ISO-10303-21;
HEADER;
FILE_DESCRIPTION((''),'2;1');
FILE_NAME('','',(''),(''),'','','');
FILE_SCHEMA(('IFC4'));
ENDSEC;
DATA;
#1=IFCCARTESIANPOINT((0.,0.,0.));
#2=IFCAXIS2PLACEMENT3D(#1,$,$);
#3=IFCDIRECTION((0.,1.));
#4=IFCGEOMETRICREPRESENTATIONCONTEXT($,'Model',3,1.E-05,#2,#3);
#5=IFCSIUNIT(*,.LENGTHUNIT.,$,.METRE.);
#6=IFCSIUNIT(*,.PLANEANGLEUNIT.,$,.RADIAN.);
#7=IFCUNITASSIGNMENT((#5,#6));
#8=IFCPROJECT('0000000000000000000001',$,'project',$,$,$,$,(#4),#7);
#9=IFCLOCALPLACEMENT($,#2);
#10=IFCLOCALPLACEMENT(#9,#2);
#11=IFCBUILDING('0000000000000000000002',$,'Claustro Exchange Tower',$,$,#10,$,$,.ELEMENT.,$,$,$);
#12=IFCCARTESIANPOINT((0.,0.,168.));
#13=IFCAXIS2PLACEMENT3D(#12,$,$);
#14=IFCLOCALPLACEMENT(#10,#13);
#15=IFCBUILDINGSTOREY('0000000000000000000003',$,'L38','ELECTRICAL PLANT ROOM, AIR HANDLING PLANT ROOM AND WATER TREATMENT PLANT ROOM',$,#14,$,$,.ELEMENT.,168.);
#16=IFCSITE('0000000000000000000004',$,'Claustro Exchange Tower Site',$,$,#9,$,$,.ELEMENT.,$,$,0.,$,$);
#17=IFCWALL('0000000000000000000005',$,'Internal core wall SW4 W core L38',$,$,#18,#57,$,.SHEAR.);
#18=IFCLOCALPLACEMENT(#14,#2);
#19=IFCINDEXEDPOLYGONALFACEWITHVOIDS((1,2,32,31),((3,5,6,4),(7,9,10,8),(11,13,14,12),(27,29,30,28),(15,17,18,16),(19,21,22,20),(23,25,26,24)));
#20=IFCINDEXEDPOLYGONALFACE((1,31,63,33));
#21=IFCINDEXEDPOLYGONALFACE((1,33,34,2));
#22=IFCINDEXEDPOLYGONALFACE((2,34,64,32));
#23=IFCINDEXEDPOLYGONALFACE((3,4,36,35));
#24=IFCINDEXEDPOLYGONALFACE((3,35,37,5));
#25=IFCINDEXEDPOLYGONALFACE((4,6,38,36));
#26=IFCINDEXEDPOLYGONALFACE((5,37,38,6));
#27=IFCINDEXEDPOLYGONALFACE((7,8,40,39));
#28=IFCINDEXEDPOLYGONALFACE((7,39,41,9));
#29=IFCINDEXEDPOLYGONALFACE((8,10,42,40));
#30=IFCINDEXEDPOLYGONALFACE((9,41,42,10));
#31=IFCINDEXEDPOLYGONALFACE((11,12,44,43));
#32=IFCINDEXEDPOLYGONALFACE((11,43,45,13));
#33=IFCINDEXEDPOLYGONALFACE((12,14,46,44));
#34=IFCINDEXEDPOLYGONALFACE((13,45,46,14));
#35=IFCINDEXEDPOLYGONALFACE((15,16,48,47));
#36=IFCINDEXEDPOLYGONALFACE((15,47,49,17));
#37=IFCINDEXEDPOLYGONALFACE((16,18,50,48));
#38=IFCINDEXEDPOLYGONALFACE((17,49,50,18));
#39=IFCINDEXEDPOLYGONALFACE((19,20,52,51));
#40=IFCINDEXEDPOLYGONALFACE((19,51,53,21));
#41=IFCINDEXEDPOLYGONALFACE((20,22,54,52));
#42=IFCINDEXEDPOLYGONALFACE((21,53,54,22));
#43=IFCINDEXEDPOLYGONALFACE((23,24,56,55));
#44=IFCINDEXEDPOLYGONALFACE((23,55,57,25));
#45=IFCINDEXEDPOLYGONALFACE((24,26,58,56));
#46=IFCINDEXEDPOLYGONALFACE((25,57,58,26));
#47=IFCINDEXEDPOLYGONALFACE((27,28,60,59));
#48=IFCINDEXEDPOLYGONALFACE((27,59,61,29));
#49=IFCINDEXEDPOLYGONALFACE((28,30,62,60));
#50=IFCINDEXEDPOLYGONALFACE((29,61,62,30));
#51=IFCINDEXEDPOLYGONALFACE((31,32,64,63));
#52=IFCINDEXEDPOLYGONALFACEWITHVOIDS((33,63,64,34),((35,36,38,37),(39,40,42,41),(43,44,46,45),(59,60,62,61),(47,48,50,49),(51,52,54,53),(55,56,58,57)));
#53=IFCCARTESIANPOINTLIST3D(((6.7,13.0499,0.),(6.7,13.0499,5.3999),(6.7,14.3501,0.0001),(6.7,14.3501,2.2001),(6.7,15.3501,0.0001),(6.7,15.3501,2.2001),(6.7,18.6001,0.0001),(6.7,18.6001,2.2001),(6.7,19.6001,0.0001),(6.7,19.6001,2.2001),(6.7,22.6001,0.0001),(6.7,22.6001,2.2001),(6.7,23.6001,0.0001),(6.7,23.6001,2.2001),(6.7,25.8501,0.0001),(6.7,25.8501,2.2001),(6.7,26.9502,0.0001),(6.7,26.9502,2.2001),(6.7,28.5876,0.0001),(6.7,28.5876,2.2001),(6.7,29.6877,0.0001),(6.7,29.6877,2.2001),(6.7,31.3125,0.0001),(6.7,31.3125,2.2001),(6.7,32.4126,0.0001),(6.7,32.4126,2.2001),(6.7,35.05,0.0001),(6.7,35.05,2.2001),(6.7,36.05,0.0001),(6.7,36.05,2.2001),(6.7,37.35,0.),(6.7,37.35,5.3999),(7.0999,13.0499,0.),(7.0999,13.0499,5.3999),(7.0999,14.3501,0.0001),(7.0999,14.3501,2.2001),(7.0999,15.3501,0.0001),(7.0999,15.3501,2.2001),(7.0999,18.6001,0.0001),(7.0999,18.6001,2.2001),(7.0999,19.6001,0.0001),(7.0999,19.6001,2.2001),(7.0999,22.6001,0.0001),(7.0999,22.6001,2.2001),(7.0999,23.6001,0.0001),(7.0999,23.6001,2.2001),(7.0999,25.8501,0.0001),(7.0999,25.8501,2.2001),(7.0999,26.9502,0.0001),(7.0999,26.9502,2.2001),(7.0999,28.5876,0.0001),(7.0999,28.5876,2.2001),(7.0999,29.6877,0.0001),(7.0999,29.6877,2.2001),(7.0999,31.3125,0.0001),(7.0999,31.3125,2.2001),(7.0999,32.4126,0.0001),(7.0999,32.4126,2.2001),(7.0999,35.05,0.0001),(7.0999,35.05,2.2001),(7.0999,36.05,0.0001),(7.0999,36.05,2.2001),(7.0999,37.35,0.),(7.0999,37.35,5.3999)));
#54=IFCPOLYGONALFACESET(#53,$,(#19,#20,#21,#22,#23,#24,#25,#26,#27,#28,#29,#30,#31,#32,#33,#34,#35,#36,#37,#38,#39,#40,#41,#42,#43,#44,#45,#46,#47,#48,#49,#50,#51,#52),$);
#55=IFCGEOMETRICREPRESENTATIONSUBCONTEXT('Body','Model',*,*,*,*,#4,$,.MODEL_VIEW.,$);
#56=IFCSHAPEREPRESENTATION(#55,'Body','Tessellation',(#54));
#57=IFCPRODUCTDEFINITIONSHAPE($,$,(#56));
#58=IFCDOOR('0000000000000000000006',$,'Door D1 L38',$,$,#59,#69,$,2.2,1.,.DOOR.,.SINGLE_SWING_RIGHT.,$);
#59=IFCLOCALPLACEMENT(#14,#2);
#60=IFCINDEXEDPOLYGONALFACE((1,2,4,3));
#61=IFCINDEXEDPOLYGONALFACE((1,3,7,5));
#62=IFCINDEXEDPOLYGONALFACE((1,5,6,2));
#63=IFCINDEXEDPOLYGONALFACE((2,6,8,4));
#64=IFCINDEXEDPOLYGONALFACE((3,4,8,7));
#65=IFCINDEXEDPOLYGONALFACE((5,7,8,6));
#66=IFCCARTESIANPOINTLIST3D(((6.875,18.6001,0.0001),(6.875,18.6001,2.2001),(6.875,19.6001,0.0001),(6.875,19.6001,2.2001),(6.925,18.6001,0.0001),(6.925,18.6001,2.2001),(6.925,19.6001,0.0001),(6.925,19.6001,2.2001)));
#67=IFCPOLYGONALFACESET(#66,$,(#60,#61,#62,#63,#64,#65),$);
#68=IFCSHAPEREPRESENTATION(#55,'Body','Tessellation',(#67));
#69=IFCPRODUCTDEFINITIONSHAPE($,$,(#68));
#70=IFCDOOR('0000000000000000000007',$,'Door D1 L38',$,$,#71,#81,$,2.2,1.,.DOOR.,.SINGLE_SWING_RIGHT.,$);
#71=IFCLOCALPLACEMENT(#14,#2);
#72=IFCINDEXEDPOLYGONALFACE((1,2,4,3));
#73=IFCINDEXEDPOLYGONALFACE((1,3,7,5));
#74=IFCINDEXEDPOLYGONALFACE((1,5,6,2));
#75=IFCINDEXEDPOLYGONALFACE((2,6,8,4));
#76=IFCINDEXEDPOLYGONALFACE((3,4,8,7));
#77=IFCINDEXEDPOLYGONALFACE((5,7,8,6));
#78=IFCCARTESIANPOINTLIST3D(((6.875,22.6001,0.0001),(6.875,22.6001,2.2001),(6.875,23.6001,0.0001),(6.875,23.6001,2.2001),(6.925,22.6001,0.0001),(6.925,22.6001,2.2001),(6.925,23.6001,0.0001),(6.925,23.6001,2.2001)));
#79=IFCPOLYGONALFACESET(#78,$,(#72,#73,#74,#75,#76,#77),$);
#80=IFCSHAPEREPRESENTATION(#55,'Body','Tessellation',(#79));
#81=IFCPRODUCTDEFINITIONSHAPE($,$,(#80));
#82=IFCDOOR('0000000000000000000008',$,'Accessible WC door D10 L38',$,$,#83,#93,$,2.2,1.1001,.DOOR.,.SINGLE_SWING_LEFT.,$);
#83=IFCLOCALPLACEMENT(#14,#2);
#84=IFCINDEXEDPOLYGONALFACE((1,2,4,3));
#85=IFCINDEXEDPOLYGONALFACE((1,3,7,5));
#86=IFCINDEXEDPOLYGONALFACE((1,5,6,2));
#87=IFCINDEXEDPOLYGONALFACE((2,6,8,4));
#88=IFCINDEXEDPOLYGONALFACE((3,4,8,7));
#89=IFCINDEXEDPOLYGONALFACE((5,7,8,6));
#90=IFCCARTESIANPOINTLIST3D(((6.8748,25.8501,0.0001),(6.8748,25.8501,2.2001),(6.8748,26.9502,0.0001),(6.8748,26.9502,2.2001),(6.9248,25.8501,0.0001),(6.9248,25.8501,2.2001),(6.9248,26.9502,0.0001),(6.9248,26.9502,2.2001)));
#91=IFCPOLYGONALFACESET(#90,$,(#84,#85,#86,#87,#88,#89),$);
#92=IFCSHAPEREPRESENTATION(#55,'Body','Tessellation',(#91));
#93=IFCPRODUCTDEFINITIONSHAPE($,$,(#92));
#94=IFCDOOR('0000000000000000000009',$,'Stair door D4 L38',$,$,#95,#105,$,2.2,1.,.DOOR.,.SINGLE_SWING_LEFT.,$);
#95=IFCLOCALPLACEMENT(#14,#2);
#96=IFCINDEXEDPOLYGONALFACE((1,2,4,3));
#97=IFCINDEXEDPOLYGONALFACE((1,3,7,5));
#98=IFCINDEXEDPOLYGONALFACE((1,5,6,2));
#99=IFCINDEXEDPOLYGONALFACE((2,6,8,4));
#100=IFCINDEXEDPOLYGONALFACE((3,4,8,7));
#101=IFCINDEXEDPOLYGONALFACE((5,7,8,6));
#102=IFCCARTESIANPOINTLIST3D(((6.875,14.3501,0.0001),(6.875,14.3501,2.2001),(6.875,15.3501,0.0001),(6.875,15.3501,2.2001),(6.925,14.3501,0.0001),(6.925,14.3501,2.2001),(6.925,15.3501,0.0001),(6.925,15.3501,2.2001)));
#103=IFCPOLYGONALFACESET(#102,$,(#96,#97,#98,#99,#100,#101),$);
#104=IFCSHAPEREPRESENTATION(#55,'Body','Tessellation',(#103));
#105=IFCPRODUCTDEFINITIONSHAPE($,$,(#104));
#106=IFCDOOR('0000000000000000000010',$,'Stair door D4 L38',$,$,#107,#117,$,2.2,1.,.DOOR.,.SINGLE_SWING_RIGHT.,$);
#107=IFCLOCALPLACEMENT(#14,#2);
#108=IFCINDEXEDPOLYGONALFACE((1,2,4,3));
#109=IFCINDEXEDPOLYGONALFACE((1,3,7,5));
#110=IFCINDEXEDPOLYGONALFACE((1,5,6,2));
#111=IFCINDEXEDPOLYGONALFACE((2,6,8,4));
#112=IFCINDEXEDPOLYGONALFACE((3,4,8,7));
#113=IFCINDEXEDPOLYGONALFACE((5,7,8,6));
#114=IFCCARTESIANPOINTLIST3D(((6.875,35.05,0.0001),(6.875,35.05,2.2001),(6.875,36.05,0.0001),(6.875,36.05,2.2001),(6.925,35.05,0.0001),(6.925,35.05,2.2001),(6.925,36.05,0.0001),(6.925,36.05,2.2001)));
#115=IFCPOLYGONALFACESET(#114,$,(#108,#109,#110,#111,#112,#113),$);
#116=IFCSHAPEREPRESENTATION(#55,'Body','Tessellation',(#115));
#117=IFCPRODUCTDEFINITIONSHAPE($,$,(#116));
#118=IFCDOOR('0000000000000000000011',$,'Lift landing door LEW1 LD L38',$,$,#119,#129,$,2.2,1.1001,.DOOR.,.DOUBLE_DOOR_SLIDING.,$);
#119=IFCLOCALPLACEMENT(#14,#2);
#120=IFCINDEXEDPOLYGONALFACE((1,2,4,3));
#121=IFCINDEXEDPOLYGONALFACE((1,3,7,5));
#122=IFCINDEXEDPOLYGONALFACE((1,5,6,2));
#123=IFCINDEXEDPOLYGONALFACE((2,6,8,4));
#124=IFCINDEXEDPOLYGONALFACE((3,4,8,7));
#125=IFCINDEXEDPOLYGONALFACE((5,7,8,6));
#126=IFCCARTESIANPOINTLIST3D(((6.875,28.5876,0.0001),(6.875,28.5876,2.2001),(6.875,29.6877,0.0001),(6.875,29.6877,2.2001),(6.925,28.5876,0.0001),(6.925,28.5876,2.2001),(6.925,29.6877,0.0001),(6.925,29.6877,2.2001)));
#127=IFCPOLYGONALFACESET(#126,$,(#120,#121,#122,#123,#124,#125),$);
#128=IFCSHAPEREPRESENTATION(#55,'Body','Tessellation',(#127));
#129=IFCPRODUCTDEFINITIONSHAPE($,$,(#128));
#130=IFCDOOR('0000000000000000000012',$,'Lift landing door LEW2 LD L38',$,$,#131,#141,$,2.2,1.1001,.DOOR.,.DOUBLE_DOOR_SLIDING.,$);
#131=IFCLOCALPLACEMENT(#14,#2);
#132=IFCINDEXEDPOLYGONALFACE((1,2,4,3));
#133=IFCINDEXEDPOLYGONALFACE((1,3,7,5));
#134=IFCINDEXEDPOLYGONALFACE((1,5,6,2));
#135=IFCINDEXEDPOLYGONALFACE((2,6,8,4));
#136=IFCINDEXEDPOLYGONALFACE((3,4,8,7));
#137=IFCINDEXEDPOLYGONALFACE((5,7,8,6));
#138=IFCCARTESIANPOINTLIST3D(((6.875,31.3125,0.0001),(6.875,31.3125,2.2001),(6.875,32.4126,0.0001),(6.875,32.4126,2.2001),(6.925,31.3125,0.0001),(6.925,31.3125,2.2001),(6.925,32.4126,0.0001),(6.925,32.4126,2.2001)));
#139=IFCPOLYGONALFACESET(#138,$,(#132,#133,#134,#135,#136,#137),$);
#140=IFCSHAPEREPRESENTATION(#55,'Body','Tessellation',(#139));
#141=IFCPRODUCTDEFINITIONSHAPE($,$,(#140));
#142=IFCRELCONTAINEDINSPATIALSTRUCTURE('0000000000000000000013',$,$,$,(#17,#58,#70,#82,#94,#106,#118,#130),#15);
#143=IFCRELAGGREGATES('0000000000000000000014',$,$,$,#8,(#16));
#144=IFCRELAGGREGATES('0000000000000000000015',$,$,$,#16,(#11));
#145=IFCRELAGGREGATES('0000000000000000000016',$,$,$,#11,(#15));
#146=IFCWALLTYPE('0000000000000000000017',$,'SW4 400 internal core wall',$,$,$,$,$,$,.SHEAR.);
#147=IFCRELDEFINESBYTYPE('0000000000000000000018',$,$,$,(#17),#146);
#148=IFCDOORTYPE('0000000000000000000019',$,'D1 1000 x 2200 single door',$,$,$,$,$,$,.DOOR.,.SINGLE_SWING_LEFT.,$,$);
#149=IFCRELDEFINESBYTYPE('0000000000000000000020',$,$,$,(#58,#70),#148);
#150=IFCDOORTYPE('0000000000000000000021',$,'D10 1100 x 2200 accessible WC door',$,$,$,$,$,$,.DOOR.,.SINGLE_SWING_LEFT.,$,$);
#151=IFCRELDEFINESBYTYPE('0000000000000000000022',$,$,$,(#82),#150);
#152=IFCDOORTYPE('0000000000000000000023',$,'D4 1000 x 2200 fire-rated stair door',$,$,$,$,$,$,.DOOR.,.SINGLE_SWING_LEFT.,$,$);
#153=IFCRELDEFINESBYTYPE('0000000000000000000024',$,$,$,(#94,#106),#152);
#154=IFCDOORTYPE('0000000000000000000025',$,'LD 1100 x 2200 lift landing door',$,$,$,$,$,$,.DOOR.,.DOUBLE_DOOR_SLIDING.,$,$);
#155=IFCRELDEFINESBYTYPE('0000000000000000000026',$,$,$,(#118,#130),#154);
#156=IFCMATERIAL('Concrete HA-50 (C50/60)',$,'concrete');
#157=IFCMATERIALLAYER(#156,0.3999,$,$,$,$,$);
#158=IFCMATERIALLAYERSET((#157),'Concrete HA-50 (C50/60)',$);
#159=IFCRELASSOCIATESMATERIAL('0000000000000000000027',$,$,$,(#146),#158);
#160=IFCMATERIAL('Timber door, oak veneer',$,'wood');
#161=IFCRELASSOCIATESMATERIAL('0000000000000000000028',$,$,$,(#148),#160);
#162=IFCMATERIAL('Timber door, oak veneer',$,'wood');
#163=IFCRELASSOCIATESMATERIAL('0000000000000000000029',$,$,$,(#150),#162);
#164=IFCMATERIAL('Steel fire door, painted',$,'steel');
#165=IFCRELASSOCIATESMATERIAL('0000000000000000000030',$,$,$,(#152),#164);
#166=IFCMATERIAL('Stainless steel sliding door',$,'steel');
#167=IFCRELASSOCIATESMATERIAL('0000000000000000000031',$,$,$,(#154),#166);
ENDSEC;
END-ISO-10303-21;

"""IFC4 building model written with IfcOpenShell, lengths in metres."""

from ifc_helpers import new_model, si_unit, direction, frame, frame_2d, origin, place, context, subcontext, project, spatial, rectangle, extrude, material, layer, layer_set, type_object, element, fill, save


model = new_model("IFC4")

# Units and contexts
model_context = context("Model", 3, precision=1e-05, world=origin(), true_north=direction((0.0, 1.0)))
body_context = subcontext(model_context, "Body", "Model", "MODEL_VIEW")
ifc_project = project(units=[si_unit("LENGTHUNIT", "METRE"), si_unit("PLANEANGLEUNIT", "RADIAN")], contexts=[model_context])

# Site, building, storey
site_placement = place(None, origin())
site = spatial("IfcSite", under=ifc_project, at=site_placement, Name="Claustro Exchange Tower Site", CompositionType="ELEMENT", RefElevation=0.0)
building_placement = place(site_placement, origin())
building = spatial("IfcBuilding", under=site, at=building_placement, Name="Claustro Exchange Tower", CompositionType="ELEMENT")
storey_placement = place(building_placement, frame((0.0, 0.0, 168.0)))
storey = spatial("IfcBuildingStorey", under=building, at=storey_placement, Name="L38", Description="ELECTRICAL PLANT ROOM, AIR HANDLING PLANT ROOM AND WATER TREATMENT PLANT ROOM", CompositionType="ELEMENT", Elevation=168.0)

# Wall, openings, doors
ifc_material_1 = material(Name="Concrete HA-50 (C50/60)", Category="concrete")
ifc_layer = layer(ifc_material_1, 0.3999)
ifc_layer_set = layer_set([ifc_layer], Name="Concrete HA-50 (C50/60)")
wall_type = type_object("IfcWallType", Name="SW4 400 internal core wall", PredefinedType="SHEAR", material=ifc_layer_set)
wall_1_placement = place(storey_placement, frame((6.8999, 13.05, 0.0), z_axis=(0.0, 0.0, 1.0), x_axis=(0.0, 1.0, 0.0)))
wall_1 = element("IfcWall", 1, at=wall_1_placement, inside=storey, type_object=wall_type, Name="Internal core wall SW4 W core L38", PredefinedType="SHEAR", context=body_context, shape_type="SweptSolid", body=[
    extrude(rectangle(XDim=24.3, YDim=0.3999, at=frame_2d((12.1499, 0.0))), origin(), (0.0, 0.0, 1.0), 5.3999),
])
opening_1_placement = place(wall_1_placement, frame((1.3, 0.0, 0.0)))
opening_1 = element("IfcOpeningElement", 2, at=opening_1_placement, cuts=wall_1, PredefinedType="OPENING", context=body_context, shape_type="SweptSolid", body=[
    extrude(rectangle(XDim=1.0, YDim=2.2, at=frame_2d((0.5, 1.1001))), frame((0.0, 0.21, 0.0), z_axis=(0.0, -1.0, 0.0), x_axis=(1.0, 0.0, 0.0)), (0.0, 0.0, 1.0), 0.4199),
])
opening_2_placement = place(wall_1_placement, frame((22.0, 0.0, 0.0)))
opening_2 = element("IfcOpeningElement", 3, at=opening_2_placement, cuts=wall_1, PredefinedType="OPENING", context=body_context, shape_type="SweptSolid", body=[
    extrude(rectangle(XDim=1.0, YDim=2.2, at=frame_2d((0.5, 1.1001))), frame((0.0, 0.21, 0.0), z_axis=(0.0, -1.0, 0.0), x_axis=(1.0, 0.0, 0.0)), (0.0, 0.0, 1.0), 0.4199),
])
opening_3_placement = place(wall_1_placement, frame((5.55, 0.0, 0.0)))
opening_3 = element("IfcOpeningElement", 4, at=opening_3_placement, cuts=wall_1, PredefinedType="OPENING", context=body_context, shape_type="SweptSolid", body=[
    extrude(rectangle(XDim=1.0, YDim=2.2, at=frame_2d((0.5, 1.1001))), frame((0.0, 0.21, 0.0), z_axis=(0.0, -1.0, 0.0), x_axis=(1.0, 0.0, 0.0)), (0.0, 0.0, 1.0), 0.4199),
])
opening_4_placement = place(wall_1_placement, frame((9.55, 0.0, 0.0)))
opening_4 = element("IfcOpeningElement", 5, at=opening_4_placement, cuts=wall_1, PredefinedType="OPENING", context=body_context, shape_type="SweptSolid", body=[
    extrude(rectangle(XDim=1.0, YDim=2.2, at=frame_2d((0.5, 1.1001))), frame((0.0, 0.21, 0.0), z_axis=(0.0, -1.0, 0.0), x_axis=(1.0, 0.0, 0.0)), (0.0, 0.0, 1.0), 0.4199),
])
opening_5_placement = place(wall_1_placement, frame((12.8, 0.0, 0.0)))
opening_5 = element("IfcOpeningElement", 6, at=opening_5_placement, cuts=wall_1, PredefinedType="OPENING", context=body_context, shape_type="SweptSolid", body=[
    extrude(rectangle(XDim=1.1001, YDim=2.2, at=frame_2d((0.55, 1.1001))), frame((0.0, 0.21, 0.0), z_axis=(0.0, -1.0, 0.0), x_axis=(1.0, 0.0, 0.0)), (0.0, 0.0, 1.0), 0.4199),
])
opening_6_placement = place(wall_1_placement, frame((15.5376, 0.0, 0.0)))
opening_6 = element("IfcOpeningElement", 7, at=opening_6_placement, cuts=wall_1, PredefinedType="OPENING", context=body_context, shape_type="SweptSolid", body=[
    extrude(rectangle(XDim=1.1001, YDim=2.2, at=frame_2d((0.55, 1.1001))), frame((0.0, 0.21, 0.0), z_axis=(0.0, -1.0, 0.0), x_axis=(1.0, 0.0, 0.0)), (0.0, 0.0, 1.0), 0.4199),
])
opening_7_placement = place(wall_1_placement, frame((18.2625, 0.0, 0.0)))
opening_7 = element("IfcOpeningElement", 8, at=opening_7_placement, cuts=wall_1, PredefinedType="OPENING", context=body_context, shape_type="SweptSolid", body=[
    extrude(rectangle(XDim=1.1001, YDim=2.2, at=frame_2d((0.55, 1.1001))), frame((0.0, 0.21, 0.0), z_axis=(0.0, -1.0, 0.0), x_axis=(1.0, 0.0, 0.0)), (0.0, 0.0, 1.0), 0.4199),
])
ifc_material_2 = material(Name="Timber door, oak veneer", Category="wood")
door_type_1 = type_object("IfcDoorType", Name="D1 1000 x 2200 single door", OperationType="SINGLE_SWING_LEFT", PredefinedType="DOOR", material=ifc_material_2)
door_1_placement = place(opening_3_placement, origin())
door_1 = element("IfcDoor", 9, at=door_1_placement, inside=storey, type_object=door_type_1, Name="Door D1 L38", OperationType="SINGLE_SWING_RIGHT", OverallHeight=2.2, OverallWidth=1.0, PredefinedType="DOOR", context=body_context, shape_type="SweptSolid", body=[
    extrude(rectangle(XDim=1.0, YDim=2.2, at=frame_2d((0.5, 1.1001))), frame((0.0, 0.0249, 0.0), z_axis=(0.0, -1.0, 0.0), x_axis=(1.0, 0.0, 0.0)), (0.0, 0.0, 1.0), 0.05),
])
fill(opening_3, door_1)
door_2_placement = place(opening_4_placement, origin())
door_2 = element("IfcDoor", 10, at=door_2_placement, inside=storey, type_object=door_type_1, Name="Door D1 L38", OperationType="SINGLE_SWING_RIGHT", OverallHeight=2.2, OverallWidth=1.0, PredefinedType="DOOR", context=body_context, shape_type="SweptSolid", body=[
    extrude(rectangle(XDim=1.0, YDim=2.2, at=frame_2d((0.5, 1.1001))), frame((0.0, 0.0249, 0.0), z_axis=(0.0, -1.0, 0.0), x_axis=(1.0, 0.0, 0.0)), (0.0, 0.0, 1.0), 0.05),
])
fill(opening_4, door_2)
ifc_material_3 = material(Name="Timber door, oak veneer", Category="wood")
door_type_2 = type_object("IfcDoorType", Name="D10 1100 x 2200 accessible WC door", OperationType="SINGLE_SWING_LEFT", PredefinedType="DOOR", material=ifc_material_3)
door_3_placement = place(opening_5_placement, frame((1.1001, 0.0, 0.0), z_axis=(0.0, 0.0, 1.0), x_axis=(-1.0, 0.0, 0.0)))
door_3 = element("IfcDoor", 11, at=door_3_placement, inside=storey, type_object=door_type_2, Name="Accessible WC door D10 L38", OperationType="SINGLE_SWING_LEFT", OverallHeight=2.2, OverallWidth=1.1001, PredefinedType="DOOR", context=body_context, shape_type="SweptSolid", body=[
    extrude(rectangle(XDim=1.1001, YDim=2.2, at=frame_2d((0.55, 1.1001))), frame((0.0, 0.0249, 0.0), z_axis=(0.0, -1.0, 0.0), x_axis=(1.0, 0.0, 0.0)), (0.0, 0.0, 1.0), 0.05),
])
fill(opening_5, door_3)
ifc_material_4 = material(Name="Steel fire door, painted", Category="steel")
door_type_3 = type_object("IfcDoorType", Name="D4 1000 x 2200 fire-rated stair door", OperationType="SINGLE_SWING_LEFT", PredefinedType="DOOR", material=ifc_material_4)
door_4_placement = place(opening_1_placement, origin())
door_4 = element("IfcDoor", 12, at=door_4_placement, inside=storey, type_object=door_type_3, Name="Stair door D4 L38", OperationType="SINGLE_SWING_LEFT", OverallHeight=2.2, OverallWidth=1.0, PredefinedType="DOOR", context=body_context, shape_type="SweptSolid", body=[
    extrude(rectangle(XDim=1.0, YDim=2.2, at=frame_2d((0.5, 1.1001))), frame((0.0, 0.0249, 0.0), z_axis=(0.0, -1.0, 0.0), x_axis=(1.0, 0.0, 0.0)), (0.0, 0.0, 1.0), 0.05),
])
fill(opening_1, door_4)
door_5_placement = place(opening_2_placement, origin())
door_5 = element("IfcDoor", 13, at=door_5_placement, inside=storey, type_object=door_type_3, Name="Stair door D4 L38", OperationType="SINGLE_SWING_RIGHT", OverallHeight=2.2, OverallWidth=1.0, PredefinedType="DOOR", context=body_context, shape_type="SweptSolid", body=[
    extrude(rectangle(XDim=1.0, YDim=2.2, at=frame_2d((0.5, 1.1001))), frame((0.0, 0.0249, 0.0), z_axis=(0.0, -1.0, 0.0), x_axis=(1.0, 0.0, 0.0)), (0.0, 0.0, 1.0), 0.05),
])
fill(opening_2, door_5)
ifc_material_5 = material(Name="Stainless steel sliding door", Category="steel")
door_type_4 = type_object("IfcDoorType", Name="LD 1100 x 2200 lift landing door", OperationType="DOUBLE_DOOR_SLIDING", PredefinedType="DOOR", material=ifc_material_5)
door_6_placement = place(opening_6_placement, origin())
door_6 = element("IfcDoor", 14, at=door_6_placement, inside=storey, type_object=door_type_4, Name="Lift landing door LEW1 LD L38", OperationType="DOUBLE_DOOR_SLIDING", OverallHeight=2.2, OverallWidth=1.1001, PredefinedType="DOOR", context=body_context, shape_type="SweptSolid", body=[
    extrude(rectangle(XDim=1.1001, YDim=2.2, at=frame_2d((0.55, 1.1001))), frame((0.0, 0.0249, 0.0), z_axis=(0.0, -1.0, 0.0), x_axis=(1.0, 0.0, 0.0)), (0.0, 0.0, 1.0), 0.05),
])
fill(opening_6, door_6)
door_7_placement = place(opening_7_placement, origin())
door_7 = element("IfcDoor", 15, at=door_7_placement, inside=storey, type_object=door_type_4, Name="Lift landing door LEW2 LD L38", OperationType="DOUBLE_DOOR_SLIDING", OverallHeight=2.2, OverallWidth=1.1001, PredefinedType="DOOR", context=body_context, shape_type="SweptSolid", body=[
    extrude(rectangle(XDim=1.1001, YDim=2.2, at=frame_2d((0.55, 1.1001))), frame((0.0, 0.0249, 0.0), z_axis=(0.0, -1.0, 0.0), x_axis=(1.0, 0.0, 0.0)), (0.0, 0.0, 1.0), 0.05),
])
fill(opening_7, door_7)

save(model, "model.ifc")
